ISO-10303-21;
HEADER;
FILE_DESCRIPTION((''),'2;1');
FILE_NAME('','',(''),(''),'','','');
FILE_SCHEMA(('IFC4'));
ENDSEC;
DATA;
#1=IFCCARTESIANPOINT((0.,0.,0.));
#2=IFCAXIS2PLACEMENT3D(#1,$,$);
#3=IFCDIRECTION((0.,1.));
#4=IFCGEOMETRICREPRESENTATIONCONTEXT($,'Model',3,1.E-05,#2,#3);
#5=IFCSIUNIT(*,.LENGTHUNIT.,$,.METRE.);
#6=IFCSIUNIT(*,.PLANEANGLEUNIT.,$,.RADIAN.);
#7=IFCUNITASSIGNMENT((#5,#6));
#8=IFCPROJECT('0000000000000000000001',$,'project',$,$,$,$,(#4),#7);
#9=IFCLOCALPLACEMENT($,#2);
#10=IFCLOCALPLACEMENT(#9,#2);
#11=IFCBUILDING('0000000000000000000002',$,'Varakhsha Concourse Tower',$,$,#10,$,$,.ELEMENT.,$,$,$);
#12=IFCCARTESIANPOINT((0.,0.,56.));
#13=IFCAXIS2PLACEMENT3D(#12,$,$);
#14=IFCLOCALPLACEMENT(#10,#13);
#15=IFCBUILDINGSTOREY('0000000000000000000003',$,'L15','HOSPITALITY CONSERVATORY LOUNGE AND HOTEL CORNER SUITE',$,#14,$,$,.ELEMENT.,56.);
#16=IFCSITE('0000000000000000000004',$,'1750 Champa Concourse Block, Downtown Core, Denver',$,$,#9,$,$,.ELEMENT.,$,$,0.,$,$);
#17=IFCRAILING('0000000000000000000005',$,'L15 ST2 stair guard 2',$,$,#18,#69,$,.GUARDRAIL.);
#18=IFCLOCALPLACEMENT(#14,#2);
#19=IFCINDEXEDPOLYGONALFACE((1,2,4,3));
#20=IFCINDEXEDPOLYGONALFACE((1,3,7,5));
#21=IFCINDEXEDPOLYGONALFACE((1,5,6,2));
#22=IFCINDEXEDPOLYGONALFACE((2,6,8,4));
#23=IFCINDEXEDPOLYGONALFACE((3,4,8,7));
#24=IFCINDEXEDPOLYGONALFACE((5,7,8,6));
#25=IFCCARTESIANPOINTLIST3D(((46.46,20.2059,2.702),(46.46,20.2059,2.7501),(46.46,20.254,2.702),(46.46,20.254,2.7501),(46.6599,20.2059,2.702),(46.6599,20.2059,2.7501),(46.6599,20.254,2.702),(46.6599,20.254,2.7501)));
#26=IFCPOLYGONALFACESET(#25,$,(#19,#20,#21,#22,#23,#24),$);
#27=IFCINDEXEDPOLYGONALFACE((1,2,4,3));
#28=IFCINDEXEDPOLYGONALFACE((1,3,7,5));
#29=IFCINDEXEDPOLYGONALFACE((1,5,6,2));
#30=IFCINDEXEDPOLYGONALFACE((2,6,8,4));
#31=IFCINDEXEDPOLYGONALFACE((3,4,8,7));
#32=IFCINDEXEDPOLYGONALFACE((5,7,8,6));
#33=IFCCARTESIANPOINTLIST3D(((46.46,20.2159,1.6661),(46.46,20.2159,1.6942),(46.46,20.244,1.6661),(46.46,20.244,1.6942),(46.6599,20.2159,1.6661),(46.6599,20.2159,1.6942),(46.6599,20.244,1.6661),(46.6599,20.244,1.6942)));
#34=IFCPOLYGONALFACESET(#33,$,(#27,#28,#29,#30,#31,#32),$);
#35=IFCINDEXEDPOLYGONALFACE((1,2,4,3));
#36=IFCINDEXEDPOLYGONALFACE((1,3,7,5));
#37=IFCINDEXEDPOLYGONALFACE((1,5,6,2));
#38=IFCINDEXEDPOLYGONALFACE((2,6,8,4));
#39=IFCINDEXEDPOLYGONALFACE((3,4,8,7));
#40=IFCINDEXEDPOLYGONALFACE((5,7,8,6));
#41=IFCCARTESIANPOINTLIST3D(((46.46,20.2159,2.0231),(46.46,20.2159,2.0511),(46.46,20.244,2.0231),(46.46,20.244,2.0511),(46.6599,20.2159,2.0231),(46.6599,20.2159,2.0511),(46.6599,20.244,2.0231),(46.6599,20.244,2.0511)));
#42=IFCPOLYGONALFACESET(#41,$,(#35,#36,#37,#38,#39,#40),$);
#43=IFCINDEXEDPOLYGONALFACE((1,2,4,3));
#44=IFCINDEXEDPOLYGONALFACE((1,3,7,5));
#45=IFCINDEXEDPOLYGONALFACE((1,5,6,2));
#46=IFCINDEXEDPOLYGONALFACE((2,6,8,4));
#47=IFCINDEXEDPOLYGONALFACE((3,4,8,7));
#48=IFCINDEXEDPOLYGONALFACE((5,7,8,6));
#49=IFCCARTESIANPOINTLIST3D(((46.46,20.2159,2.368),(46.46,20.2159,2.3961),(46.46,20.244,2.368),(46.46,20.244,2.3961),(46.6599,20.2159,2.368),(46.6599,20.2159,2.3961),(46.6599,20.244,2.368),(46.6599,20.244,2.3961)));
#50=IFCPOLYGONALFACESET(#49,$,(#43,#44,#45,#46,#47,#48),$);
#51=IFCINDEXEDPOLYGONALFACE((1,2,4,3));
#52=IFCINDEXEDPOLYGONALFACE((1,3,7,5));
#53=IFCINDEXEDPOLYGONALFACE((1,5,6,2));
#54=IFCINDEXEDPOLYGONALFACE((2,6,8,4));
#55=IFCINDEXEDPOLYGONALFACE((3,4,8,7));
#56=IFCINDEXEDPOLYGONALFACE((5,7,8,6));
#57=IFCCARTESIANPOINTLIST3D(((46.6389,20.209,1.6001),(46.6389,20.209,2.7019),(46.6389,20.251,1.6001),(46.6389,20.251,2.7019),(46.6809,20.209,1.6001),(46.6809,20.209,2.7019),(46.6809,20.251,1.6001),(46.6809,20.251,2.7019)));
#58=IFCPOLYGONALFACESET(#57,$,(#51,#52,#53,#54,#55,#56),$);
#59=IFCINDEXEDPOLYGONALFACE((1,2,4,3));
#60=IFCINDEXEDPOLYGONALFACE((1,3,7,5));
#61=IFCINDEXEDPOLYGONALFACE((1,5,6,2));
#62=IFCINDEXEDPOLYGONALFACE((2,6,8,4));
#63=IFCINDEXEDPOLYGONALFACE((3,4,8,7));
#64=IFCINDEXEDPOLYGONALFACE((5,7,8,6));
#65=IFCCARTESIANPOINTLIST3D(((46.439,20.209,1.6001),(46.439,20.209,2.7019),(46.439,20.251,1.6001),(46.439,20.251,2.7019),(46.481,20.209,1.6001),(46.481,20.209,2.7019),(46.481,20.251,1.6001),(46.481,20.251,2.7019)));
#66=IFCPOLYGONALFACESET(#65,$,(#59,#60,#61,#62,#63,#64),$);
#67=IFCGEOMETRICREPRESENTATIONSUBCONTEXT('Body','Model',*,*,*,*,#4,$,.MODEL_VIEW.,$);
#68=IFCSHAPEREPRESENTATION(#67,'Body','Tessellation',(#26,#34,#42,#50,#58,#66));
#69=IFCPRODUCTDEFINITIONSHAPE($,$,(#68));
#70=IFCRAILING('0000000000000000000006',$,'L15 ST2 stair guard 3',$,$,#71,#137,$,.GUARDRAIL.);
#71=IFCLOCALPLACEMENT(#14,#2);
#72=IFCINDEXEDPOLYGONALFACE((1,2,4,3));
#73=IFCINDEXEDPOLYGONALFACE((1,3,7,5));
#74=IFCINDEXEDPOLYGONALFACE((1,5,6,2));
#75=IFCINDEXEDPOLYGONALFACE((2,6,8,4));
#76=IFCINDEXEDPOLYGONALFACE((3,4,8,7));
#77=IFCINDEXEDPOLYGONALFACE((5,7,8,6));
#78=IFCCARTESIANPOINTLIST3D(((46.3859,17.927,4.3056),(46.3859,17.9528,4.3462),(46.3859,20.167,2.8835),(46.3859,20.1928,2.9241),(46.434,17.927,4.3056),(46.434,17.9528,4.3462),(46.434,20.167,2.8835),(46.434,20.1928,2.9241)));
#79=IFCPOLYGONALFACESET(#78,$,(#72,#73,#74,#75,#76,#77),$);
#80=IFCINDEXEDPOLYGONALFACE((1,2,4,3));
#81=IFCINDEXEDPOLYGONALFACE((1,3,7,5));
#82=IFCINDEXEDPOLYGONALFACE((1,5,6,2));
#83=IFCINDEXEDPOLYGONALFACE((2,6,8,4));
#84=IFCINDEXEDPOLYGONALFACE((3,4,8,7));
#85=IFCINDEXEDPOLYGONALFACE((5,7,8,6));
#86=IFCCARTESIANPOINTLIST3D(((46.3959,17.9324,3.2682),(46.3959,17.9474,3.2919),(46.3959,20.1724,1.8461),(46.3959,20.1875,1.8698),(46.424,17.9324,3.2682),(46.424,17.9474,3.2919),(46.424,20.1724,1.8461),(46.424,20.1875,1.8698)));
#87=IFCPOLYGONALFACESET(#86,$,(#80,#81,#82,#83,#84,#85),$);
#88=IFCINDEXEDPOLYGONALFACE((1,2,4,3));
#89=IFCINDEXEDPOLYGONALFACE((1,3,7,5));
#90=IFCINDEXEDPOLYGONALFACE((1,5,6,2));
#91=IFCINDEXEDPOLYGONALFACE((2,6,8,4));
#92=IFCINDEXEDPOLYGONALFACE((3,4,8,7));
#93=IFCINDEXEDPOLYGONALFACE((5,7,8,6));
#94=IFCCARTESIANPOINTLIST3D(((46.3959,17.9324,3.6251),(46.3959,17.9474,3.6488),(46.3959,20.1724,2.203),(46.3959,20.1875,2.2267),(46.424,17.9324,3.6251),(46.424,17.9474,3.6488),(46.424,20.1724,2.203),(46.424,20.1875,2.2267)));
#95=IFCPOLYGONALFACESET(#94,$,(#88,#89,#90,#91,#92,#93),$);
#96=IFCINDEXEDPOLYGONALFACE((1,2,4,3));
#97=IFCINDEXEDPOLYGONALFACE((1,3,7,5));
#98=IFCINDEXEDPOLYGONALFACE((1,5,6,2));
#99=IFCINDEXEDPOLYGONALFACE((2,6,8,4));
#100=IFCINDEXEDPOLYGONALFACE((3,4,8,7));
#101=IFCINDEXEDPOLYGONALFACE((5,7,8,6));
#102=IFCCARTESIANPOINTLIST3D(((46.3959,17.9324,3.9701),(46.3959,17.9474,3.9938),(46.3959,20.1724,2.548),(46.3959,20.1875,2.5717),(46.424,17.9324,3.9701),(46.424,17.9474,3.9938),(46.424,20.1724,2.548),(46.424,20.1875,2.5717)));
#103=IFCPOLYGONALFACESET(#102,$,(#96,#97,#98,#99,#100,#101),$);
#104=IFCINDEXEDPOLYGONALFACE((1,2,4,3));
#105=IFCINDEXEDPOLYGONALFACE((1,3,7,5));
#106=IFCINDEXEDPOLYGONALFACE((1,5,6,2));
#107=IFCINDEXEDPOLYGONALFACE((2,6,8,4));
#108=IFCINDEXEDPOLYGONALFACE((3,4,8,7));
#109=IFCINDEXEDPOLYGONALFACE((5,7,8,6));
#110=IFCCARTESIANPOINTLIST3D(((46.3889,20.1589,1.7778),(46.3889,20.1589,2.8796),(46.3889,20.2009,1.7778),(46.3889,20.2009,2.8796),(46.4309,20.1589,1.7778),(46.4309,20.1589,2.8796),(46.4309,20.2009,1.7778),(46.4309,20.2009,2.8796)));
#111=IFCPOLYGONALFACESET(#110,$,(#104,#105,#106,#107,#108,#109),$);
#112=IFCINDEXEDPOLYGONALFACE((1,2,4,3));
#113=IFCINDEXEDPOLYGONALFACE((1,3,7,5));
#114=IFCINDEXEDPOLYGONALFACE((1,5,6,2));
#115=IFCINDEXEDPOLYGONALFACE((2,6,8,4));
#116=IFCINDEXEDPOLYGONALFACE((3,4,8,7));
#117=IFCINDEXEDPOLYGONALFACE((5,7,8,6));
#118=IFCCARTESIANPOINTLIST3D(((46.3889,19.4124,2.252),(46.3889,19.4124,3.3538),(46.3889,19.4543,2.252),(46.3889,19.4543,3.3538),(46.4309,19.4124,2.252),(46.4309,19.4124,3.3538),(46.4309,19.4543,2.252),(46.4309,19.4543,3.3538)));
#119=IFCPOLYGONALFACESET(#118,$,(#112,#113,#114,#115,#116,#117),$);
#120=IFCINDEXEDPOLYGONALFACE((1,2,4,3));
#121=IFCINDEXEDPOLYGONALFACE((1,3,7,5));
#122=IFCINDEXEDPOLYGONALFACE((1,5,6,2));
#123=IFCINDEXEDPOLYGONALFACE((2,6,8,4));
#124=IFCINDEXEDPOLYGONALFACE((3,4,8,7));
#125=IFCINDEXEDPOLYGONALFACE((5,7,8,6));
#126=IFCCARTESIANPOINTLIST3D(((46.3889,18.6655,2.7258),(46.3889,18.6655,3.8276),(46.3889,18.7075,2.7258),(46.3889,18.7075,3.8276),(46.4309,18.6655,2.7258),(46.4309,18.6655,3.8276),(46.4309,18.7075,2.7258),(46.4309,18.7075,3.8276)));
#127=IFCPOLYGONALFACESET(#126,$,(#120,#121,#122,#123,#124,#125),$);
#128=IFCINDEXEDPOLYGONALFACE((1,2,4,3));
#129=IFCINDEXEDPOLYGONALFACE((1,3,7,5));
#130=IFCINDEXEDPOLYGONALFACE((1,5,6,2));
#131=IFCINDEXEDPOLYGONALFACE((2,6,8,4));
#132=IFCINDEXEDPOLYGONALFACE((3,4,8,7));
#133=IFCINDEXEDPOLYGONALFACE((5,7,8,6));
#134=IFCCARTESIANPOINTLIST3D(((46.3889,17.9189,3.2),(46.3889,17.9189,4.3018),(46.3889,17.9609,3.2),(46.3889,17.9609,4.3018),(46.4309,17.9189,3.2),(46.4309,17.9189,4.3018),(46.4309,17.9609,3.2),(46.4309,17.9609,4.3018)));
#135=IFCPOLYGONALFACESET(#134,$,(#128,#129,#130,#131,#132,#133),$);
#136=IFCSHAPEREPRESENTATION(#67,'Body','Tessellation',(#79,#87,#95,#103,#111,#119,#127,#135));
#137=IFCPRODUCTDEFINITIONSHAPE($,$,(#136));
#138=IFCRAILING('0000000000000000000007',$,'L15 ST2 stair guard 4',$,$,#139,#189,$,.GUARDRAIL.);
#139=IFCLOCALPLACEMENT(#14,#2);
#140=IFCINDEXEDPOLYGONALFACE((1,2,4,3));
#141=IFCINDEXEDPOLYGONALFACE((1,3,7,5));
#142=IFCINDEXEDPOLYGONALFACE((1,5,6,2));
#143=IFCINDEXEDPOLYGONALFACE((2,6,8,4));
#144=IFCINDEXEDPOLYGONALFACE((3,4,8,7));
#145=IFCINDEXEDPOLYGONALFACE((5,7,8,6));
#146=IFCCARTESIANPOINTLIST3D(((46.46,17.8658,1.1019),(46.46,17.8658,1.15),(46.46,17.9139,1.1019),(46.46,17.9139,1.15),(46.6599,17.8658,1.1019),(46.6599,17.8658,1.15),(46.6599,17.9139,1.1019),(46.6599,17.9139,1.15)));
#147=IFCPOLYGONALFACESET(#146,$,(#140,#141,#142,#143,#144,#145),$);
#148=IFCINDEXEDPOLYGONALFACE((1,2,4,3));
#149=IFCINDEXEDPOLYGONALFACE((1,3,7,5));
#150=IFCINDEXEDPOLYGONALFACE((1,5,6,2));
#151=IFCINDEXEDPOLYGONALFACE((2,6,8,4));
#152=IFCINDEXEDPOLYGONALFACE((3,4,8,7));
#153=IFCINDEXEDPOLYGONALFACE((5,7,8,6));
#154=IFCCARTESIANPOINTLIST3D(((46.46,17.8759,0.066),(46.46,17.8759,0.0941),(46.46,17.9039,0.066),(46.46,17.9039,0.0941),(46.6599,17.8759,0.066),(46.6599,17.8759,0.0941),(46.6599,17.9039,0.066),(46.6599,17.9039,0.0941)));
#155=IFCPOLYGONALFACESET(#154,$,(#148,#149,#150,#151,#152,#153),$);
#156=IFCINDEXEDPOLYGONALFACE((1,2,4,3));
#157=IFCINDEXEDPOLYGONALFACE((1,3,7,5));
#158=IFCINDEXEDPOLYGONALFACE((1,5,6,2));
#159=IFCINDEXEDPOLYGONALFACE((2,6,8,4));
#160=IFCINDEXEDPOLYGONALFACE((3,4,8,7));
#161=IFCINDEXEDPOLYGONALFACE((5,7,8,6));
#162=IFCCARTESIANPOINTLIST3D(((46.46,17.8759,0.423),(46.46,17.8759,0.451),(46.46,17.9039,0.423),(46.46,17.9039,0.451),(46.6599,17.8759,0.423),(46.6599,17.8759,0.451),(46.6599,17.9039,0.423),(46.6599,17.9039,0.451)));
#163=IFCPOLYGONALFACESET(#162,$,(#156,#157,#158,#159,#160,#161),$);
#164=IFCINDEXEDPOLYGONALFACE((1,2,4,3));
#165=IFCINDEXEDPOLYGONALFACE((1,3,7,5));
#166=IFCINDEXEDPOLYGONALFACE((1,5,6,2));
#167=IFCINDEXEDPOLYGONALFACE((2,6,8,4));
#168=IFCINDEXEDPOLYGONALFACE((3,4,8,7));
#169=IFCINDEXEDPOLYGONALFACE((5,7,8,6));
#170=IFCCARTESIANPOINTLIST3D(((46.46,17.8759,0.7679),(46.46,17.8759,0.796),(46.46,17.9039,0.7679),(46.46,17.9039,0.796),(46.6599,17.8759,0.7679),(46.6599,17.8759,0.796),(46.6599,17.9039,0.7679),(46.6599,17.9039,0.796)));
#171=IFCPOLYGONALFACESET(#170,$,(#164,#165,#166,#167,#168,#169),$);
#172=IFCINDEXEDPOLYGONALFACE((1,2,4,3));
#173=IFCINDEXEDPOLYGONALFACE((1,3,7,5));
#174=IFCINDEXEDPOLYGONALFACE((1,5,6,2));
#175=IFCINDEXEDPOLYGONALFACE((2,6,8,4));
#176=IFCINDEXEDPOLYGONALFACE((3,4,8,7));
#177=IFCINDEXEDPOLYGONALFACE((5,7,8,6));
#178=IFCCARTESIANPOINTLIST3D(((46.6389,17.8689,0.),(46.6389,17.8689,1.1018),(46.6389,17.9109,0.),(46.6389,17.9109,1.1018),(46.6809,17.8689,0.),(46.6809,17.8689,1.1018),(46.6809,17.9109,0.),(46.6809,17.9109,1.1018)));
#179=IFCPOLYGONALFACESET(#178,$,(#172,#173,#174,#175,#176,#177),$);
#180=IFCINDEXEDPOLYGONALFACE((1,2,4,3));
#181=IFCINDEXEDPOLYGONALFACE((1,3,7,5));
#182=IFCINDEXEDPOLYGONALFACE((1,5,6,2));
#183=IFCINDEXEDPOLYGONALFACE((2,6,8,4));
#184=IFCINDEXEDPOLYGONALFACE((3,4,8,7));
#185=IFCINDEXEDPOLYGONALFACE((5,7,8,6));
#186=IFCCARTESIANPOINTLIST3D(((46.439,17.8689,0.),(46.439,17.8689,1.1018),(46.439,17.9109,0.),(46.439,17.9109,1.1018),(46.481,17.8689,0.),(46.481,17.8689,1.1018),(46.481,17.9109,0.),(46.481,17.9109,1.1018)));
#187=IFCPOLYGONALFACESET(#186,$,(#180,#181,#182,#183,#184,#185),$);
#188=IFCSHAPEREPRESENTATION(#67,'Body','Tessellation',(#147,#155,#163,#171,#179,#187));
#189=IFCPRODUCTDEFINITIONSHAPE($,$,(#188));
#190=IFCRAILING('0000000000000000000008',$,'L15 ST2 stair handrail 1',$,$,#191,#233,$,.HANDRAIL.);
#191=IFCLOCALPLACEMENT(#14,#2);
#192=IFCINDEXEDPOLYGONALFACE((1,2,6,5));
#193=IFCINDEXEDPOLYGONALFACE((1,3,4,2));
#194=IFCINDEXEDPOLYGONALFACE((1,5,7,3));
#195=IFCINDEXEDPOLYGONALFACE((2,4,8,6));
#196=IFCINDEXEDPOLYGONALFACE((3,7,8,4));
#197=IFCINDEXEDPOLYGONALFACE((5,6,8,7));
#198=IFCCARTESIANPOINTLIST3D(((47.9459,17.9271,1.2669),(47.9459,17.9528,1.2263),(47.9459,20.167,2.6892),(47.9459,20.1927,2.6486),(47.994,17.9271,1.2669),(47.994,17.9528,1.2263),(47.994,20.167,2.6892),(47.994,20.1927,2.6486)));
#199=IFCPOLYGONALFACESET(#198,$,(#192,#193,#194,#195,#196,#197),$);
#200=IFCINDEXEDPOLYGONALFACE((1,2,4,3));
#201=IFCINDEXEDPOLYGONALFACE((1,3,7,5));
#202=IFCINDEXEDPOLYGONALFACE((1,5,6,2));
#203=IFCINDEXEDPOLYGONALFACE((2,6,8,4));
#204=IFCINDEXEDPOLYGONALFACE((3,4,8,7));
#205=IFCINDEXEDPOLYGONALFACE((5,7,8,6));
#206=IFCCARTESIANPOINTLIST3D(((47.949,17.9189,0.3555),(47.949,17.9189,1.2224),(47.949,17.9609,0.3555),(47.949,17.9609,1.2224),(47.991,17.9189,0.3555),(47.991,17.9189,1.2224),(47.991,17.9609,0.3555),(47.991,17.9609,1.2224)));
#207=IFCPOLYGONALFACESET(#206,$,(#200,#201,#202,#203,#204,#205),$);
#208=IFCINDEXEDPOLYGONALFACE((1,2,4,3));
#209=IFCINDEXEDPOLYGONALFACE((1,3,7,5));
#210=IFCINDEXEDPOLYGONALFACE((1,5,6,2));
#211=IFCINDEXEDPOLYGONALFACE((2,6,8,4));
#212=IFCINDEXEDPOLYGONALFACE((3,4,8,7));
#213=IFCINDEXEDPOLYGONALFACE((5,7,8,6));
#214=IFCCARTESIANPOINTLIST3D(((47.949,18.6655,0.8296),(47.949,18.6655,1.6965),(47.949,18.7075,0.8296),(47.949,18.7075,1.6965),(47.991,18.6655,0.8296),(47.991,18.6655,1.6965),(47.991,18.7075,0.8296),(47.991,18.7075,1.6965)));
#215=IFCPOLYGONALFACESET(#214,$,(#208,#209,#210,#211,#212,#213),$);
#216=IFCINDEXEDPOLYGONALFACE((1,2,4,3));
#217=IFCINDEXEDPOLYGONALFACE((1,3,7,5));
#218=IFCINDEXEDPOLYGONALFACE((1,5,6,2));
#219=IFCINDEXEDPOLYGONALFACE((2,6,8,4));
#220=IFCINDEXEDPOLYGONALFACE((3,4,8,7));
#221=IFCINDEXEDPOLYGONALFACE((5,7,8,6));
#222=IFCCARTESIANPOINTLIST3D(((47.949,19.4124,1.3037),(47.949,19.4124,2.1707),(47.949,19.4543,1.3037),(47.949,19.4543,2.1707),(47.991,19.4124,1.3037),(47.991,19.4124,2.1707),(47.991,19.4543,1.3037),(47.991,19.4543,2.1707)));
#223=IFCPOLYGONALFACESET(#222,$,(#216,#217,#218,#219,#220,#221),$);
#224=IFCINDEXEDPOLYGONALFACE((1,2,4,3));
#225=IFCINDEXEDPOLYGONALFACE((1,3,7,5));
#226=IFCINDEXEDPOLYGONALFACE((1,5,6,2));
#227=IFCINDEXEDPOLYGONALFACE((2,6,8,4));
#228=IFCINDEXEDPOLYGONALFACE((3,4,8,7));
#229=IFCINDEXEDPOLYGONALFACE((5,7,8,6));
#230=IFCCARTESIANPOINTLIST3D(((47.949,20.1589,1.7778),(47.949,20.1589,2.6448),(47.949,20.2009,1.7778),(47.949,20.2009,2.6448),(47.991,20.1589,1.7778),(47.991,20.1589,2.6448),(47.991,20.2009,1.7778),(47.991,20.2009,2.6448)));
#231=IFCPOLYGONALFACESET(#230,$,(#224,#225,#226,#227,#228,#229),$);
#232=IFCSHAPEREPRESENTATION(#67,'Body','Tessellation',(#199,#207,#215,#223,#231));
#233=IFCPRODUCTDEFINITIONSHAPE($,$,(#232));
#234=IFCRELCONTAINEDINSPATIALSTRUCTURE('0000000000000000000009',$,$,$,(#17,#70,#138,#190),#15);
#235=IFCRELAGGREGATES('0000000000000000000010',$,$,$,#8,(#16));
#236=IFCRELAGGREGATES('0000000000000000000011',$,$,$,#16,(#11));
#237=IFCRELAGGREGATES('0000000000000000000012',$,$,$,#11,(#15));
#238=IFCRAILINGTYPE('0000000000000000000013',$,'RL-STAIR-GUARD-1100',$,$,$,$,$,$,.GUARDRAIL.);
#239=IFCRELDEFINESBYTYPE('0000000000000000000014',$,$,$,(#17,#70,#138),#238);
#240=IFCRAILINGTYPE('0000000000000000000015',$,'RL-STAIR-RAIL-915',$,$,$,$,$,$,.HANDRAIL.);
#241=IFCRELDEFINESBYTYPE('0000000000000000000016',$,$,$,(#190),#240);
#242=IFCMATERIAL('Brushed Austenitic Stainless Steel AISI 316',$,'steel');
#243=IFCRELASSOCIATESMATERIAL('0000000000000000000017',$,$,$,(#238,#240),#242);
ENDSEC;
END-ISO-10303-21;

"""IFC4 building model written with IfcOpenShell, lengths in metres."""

from ifc_helpers import new_model, si_unit, direction, frame, origin, origin_2d, place, context, subcontext, project, spatial, rectangle, extrude, material, type_object, element, save


model = new_model("IFC4")

# Units and contexts
model_context = context("Model", 3, precision=1e-05, world=origin(), true_north=direction((0.0, 1.0)))
body_context = subcontext(model_context, "Body", "Model", "MODEL_VIEW")
ifc_project = project(units=[si_unit("LENGTHUNIT", "METRE"), si_unit("PLANEANGLEUNIT", "RADIAN")], contexts=[model_context])

# Site, building, storey
site_placement = place(None, origin())
site = spatial("IfcSite", under=ifc_project, at=site_placement, Name="1750 Champa Concourse Block, Downtown Core, Denver", CompositionType="ELEMENT", RefElevation=0.0)
building_placement = place(site_placement, origin())
building = spatial("IfcBuilding", under=site, at=building_placement, Name="Varakhsha Concourse Tower", CompositionType="ELEMENT")
storey_placement = place(building_placement, frame((0.0, 0.0, 56.0)))
storey = spatial("IfcBuildingStorey", under=building, at=storey_placement, Name="L15", Description="HOSPITALITY CONSERVATORY LOUNGE AND HOTEL CORNER SUITE", CompositionType="ELEMENT", Elevation=56.0)

# Railings
ifc_material_1 = material(Name="Brushed Austenitic Stainless Steel AISI 316", Category="steel")
railing_type_1 = type_object("IfcRailingType", Name="RL-STAIR-GUARD-1100", PredefinedType="GUARDRAIL", material=ifc_material_1)
railing_1_placement = place(storey_placement, frame((46.6599, 20.23, 1.6001)))
element("IfcRailing", 1, at=railing_1_placement, inside=storey, type_object=railing_type_1, Name="L15 ST2 stair guard 2", PredefinedType="GUARDRAIL", context=body_context, shape_type="SweptSolid", body=[
    extrude(rectangle(XDim=0.0481, YDim=0.0481, at=origin_2d()), frame((0.0, 0.0, 1.126), z_axis=(-1.0, 0.0, 0.0), x_axis=(0.0, -1.0, 0.0)), (0.0, 0.0, 1.0), 0.2),
    extrude(rectangle(XDim=0.0281, YDim=0.0281, at=origin_2d()), frame((0.0, 0.0, 0.0801), z_axis=(-1.0, 0.0, 0.0), x_axis=(0.0, -1.0, 0.0)), (0.0, 0.0, 1.0), 0.2),
    extrude(rectangle(XDim=0.0281, YDim=0.0281, at=origin_2d()), frame((0.0, 0.0, 0.437), z_axis=(-1.0, 0.0, 0.0), x_axis=(0.0, -1.0, 0.0)), (0.0, 0.0, 1.0), 0.2),
    extrude(rectangle(XDim=0.0281, YDim=0.0281, at=origin_2d()), frame((0.0, 0.0, 0.782), z_axis=(-1.0, 0.0, 0.0), x_axis=(0.0, -1.0, 0.0)), (0.0, 0.0, 1.0), 0.2),
    extrude(rectangle(XDim=0.042, YDim=0.042, at=origin_2d()), origin(), (0.0, 0.0, 1.0), 1.1018),
    extrude(rectangle(XDim=0.042, YDim=0.042, at=origin_2d()), frame((-0.2, 0.0, 0.0)), (0.0, 0.0, 1.0), 1.1018),
])
railing_2_placement = place(storey_placement, frame((46.4099, 20.1799, 1.7778)))
element("IfcRailing", 2, at=railing_2_placement, inside=storey, type_object=railing_type_1, Name="L15 ST2 stair guard 3", PredefinedType="GUARDRAIL", context=body_context, shape_type="SweptSolid", body=[
    extrude(rectangle(XDim=0.0481, YDim=0.0481, at=origin_2d()), frame((0.0, 0.0, 1.126), z_axis=(0.0, -0.844229, 0.535982), x_axis=(1.0, 0.0, 0.0)), (0.0, 0.0, 1.0), 2.6533),
    extrude(rectangle(XDim=0.0281, YDim=0.0281, at=origin_2d()), frame((0.0, 0.0, 0.0801), z_axis=(0.0, -0.844229, 0.535982), x_axis=(1.0, 0.0, 0.0)), (0.0, 0.0, 1.0), 2.6533),
    extrude(rectangle(XDim=0.0281, YDim=0.0281, at=origin_2d()), frame((0.0, 0.0, 0.437), z_axis=(0.0, -0.844229, 0.535982), x_axis=(1.0, 0.0, 0.0)), (0.0, 0.0, 1.0), 2.6533),
    extrude(rectangle(XDim=0.0281, YDim=0.0281, at=origin_2d()), frame((0.0, 0.0, 0.782), z_axis=(0.0, -0.844229, 0.535982), x_axis=(1.0, 0.0, 0.0)), (0.0, 0.0, 1.0), 2.6533),
    extrude(rectangle(XDim=0.042, YDim=0.042, at=origin_2d()), origin(), (0.0, 0.0, 1.0), 1.1018),
    extrude(rectangle(XDim=0.042, YDim=0.042, at=origin_2d()), frame((0.0, -0.7466, 0.4741)), (0.0, 0.0, 1.0), 1.1018),
    extrude(rectangle(XDim=0.042, YDim=0.042, at=origin_2d()), frame((0.0, -1.4934, 0.948)), (0.0, 0.0, 1.0), 1.1018),
    extrude(rectangle(XDim=0.042, YDim=0.042, at=origin_2d()), frame((0.0, -2.24, 1.4221)), (0.0, 0.0, 1.0), 1.1018),
])
railing_3_placement = place(storey_placement, frame((46.6599, 17.8899, 0.0)))
element("IfcRailing", 3, at=railing_3_placement, inside=storey, type_object=railing_type_1, Name="L15 ST2 stair guard 4", PredefinedType="GUARDRAIL", context=body_context, shape_type="SweptSolid", body=[
    extrude(rectangle(XDim=0.0481, YDim=0.0481, at=origin_2d()), frame((0.0, 0.0, 1.126), z_axis=(-1.0, 0.0, 0.0), x_axis=(0.0, -1.0, 0.0)), (0.0, 0.0, 1.0), 0.2),
    extrude(rectangle(XDim=0.0281, YDim=0.0281, at=origin_2d()), frame((0.0, 0.0, 0.0801), z_axis=(-1.0, 0.0, 0.0), x_axis=(0.0, -1.0, 0.0)), (0.0, 0.0, 1.0), 0.2),
    extrude(rectangle(XDim=0.0281, YDim=0.0281, at=origin_2d()), frame((0.0, 0.0, 0.437), z_axis=(-1.0, 0.0, 0.0), x_axis=(0.0, -1.0, 0.0)), (0.0, 0.0, 1.0), 0.2),
    extrude(rectangle(XDim=0.0281, YDim=0.0281, at=origin_2d()), frame((0.0, 0.0, 0.782), z_axis=(-1.0, 0.0, 0.0), x_axis=(0.0, -1.0, 0.0)), (0.0, 0.0, 1.0), 0.2),
    extrude(rectangle(XDim=0.042, YDim=0.042, at=origin_2d()), origin(), (0.0, 0.0, 1.0), 1.1018),
    extrude(rectangle(XDim=0.042, YDim=0.042, at=origin_2d()), frame((-0.2, 0.0, 0.0)), (0.0, 0.0, 1.0), 1.1018),
])
railing_type_2 = type_object("IfcRailingType", Name="RL-STAIR-RAIL-915", PredefinedType="HANDRAIL", material=ifc_material_1)
railing_4_placement = place(storey_placement, frame((47.97, 17.9399, 0.3555)))
element("IfcRailing", 4, at=railing_4_placement, inside=storey, type_object=railing_type_2, Name="L15 ST2 stair handrail 1", PredefinedType="HANDRAIL", context=body_context, shape_type="SweptSolid", body=[
    extrude(rectangle(XDim=0.0481, YDim=0.0481, at=origin_2d()), frame((0.0, 0.0, 0.8911), z_axis=(0.0, 0.844188, 0.536048), x_axis=(-1.0, 0.0, 0.0)), (0.0, 0.0, 1.0), 2.6533),
    extrude(rectangle(XDim=0.042, YDim=0.042, at=origin_2d()), origin(), (0.0, 0.0, 1.0), 0.8669),
    extrude(rectangle(XDim=0.042, YDim=0.042, at=origin_2d()), frame((0.0, 0.7466, 0.4741)), (0.0, 0.0, 1.0), 0.8669),
    extrude(rectangle(XDim=0.042, YDim=0.042, at=origin_2d()), frame((0.0, 1.4934, 0.9482)), (0.0, 0.0, 1.0), 0.8669),
    extrude(rectangle(XDim=0.042, YDim=0.042, at=origin_2d()), frame((0.0, 2.24, 1.4224)), (0.0, 0.0, 1.0), 0.8669),
])

save(model, "model.ifc")
